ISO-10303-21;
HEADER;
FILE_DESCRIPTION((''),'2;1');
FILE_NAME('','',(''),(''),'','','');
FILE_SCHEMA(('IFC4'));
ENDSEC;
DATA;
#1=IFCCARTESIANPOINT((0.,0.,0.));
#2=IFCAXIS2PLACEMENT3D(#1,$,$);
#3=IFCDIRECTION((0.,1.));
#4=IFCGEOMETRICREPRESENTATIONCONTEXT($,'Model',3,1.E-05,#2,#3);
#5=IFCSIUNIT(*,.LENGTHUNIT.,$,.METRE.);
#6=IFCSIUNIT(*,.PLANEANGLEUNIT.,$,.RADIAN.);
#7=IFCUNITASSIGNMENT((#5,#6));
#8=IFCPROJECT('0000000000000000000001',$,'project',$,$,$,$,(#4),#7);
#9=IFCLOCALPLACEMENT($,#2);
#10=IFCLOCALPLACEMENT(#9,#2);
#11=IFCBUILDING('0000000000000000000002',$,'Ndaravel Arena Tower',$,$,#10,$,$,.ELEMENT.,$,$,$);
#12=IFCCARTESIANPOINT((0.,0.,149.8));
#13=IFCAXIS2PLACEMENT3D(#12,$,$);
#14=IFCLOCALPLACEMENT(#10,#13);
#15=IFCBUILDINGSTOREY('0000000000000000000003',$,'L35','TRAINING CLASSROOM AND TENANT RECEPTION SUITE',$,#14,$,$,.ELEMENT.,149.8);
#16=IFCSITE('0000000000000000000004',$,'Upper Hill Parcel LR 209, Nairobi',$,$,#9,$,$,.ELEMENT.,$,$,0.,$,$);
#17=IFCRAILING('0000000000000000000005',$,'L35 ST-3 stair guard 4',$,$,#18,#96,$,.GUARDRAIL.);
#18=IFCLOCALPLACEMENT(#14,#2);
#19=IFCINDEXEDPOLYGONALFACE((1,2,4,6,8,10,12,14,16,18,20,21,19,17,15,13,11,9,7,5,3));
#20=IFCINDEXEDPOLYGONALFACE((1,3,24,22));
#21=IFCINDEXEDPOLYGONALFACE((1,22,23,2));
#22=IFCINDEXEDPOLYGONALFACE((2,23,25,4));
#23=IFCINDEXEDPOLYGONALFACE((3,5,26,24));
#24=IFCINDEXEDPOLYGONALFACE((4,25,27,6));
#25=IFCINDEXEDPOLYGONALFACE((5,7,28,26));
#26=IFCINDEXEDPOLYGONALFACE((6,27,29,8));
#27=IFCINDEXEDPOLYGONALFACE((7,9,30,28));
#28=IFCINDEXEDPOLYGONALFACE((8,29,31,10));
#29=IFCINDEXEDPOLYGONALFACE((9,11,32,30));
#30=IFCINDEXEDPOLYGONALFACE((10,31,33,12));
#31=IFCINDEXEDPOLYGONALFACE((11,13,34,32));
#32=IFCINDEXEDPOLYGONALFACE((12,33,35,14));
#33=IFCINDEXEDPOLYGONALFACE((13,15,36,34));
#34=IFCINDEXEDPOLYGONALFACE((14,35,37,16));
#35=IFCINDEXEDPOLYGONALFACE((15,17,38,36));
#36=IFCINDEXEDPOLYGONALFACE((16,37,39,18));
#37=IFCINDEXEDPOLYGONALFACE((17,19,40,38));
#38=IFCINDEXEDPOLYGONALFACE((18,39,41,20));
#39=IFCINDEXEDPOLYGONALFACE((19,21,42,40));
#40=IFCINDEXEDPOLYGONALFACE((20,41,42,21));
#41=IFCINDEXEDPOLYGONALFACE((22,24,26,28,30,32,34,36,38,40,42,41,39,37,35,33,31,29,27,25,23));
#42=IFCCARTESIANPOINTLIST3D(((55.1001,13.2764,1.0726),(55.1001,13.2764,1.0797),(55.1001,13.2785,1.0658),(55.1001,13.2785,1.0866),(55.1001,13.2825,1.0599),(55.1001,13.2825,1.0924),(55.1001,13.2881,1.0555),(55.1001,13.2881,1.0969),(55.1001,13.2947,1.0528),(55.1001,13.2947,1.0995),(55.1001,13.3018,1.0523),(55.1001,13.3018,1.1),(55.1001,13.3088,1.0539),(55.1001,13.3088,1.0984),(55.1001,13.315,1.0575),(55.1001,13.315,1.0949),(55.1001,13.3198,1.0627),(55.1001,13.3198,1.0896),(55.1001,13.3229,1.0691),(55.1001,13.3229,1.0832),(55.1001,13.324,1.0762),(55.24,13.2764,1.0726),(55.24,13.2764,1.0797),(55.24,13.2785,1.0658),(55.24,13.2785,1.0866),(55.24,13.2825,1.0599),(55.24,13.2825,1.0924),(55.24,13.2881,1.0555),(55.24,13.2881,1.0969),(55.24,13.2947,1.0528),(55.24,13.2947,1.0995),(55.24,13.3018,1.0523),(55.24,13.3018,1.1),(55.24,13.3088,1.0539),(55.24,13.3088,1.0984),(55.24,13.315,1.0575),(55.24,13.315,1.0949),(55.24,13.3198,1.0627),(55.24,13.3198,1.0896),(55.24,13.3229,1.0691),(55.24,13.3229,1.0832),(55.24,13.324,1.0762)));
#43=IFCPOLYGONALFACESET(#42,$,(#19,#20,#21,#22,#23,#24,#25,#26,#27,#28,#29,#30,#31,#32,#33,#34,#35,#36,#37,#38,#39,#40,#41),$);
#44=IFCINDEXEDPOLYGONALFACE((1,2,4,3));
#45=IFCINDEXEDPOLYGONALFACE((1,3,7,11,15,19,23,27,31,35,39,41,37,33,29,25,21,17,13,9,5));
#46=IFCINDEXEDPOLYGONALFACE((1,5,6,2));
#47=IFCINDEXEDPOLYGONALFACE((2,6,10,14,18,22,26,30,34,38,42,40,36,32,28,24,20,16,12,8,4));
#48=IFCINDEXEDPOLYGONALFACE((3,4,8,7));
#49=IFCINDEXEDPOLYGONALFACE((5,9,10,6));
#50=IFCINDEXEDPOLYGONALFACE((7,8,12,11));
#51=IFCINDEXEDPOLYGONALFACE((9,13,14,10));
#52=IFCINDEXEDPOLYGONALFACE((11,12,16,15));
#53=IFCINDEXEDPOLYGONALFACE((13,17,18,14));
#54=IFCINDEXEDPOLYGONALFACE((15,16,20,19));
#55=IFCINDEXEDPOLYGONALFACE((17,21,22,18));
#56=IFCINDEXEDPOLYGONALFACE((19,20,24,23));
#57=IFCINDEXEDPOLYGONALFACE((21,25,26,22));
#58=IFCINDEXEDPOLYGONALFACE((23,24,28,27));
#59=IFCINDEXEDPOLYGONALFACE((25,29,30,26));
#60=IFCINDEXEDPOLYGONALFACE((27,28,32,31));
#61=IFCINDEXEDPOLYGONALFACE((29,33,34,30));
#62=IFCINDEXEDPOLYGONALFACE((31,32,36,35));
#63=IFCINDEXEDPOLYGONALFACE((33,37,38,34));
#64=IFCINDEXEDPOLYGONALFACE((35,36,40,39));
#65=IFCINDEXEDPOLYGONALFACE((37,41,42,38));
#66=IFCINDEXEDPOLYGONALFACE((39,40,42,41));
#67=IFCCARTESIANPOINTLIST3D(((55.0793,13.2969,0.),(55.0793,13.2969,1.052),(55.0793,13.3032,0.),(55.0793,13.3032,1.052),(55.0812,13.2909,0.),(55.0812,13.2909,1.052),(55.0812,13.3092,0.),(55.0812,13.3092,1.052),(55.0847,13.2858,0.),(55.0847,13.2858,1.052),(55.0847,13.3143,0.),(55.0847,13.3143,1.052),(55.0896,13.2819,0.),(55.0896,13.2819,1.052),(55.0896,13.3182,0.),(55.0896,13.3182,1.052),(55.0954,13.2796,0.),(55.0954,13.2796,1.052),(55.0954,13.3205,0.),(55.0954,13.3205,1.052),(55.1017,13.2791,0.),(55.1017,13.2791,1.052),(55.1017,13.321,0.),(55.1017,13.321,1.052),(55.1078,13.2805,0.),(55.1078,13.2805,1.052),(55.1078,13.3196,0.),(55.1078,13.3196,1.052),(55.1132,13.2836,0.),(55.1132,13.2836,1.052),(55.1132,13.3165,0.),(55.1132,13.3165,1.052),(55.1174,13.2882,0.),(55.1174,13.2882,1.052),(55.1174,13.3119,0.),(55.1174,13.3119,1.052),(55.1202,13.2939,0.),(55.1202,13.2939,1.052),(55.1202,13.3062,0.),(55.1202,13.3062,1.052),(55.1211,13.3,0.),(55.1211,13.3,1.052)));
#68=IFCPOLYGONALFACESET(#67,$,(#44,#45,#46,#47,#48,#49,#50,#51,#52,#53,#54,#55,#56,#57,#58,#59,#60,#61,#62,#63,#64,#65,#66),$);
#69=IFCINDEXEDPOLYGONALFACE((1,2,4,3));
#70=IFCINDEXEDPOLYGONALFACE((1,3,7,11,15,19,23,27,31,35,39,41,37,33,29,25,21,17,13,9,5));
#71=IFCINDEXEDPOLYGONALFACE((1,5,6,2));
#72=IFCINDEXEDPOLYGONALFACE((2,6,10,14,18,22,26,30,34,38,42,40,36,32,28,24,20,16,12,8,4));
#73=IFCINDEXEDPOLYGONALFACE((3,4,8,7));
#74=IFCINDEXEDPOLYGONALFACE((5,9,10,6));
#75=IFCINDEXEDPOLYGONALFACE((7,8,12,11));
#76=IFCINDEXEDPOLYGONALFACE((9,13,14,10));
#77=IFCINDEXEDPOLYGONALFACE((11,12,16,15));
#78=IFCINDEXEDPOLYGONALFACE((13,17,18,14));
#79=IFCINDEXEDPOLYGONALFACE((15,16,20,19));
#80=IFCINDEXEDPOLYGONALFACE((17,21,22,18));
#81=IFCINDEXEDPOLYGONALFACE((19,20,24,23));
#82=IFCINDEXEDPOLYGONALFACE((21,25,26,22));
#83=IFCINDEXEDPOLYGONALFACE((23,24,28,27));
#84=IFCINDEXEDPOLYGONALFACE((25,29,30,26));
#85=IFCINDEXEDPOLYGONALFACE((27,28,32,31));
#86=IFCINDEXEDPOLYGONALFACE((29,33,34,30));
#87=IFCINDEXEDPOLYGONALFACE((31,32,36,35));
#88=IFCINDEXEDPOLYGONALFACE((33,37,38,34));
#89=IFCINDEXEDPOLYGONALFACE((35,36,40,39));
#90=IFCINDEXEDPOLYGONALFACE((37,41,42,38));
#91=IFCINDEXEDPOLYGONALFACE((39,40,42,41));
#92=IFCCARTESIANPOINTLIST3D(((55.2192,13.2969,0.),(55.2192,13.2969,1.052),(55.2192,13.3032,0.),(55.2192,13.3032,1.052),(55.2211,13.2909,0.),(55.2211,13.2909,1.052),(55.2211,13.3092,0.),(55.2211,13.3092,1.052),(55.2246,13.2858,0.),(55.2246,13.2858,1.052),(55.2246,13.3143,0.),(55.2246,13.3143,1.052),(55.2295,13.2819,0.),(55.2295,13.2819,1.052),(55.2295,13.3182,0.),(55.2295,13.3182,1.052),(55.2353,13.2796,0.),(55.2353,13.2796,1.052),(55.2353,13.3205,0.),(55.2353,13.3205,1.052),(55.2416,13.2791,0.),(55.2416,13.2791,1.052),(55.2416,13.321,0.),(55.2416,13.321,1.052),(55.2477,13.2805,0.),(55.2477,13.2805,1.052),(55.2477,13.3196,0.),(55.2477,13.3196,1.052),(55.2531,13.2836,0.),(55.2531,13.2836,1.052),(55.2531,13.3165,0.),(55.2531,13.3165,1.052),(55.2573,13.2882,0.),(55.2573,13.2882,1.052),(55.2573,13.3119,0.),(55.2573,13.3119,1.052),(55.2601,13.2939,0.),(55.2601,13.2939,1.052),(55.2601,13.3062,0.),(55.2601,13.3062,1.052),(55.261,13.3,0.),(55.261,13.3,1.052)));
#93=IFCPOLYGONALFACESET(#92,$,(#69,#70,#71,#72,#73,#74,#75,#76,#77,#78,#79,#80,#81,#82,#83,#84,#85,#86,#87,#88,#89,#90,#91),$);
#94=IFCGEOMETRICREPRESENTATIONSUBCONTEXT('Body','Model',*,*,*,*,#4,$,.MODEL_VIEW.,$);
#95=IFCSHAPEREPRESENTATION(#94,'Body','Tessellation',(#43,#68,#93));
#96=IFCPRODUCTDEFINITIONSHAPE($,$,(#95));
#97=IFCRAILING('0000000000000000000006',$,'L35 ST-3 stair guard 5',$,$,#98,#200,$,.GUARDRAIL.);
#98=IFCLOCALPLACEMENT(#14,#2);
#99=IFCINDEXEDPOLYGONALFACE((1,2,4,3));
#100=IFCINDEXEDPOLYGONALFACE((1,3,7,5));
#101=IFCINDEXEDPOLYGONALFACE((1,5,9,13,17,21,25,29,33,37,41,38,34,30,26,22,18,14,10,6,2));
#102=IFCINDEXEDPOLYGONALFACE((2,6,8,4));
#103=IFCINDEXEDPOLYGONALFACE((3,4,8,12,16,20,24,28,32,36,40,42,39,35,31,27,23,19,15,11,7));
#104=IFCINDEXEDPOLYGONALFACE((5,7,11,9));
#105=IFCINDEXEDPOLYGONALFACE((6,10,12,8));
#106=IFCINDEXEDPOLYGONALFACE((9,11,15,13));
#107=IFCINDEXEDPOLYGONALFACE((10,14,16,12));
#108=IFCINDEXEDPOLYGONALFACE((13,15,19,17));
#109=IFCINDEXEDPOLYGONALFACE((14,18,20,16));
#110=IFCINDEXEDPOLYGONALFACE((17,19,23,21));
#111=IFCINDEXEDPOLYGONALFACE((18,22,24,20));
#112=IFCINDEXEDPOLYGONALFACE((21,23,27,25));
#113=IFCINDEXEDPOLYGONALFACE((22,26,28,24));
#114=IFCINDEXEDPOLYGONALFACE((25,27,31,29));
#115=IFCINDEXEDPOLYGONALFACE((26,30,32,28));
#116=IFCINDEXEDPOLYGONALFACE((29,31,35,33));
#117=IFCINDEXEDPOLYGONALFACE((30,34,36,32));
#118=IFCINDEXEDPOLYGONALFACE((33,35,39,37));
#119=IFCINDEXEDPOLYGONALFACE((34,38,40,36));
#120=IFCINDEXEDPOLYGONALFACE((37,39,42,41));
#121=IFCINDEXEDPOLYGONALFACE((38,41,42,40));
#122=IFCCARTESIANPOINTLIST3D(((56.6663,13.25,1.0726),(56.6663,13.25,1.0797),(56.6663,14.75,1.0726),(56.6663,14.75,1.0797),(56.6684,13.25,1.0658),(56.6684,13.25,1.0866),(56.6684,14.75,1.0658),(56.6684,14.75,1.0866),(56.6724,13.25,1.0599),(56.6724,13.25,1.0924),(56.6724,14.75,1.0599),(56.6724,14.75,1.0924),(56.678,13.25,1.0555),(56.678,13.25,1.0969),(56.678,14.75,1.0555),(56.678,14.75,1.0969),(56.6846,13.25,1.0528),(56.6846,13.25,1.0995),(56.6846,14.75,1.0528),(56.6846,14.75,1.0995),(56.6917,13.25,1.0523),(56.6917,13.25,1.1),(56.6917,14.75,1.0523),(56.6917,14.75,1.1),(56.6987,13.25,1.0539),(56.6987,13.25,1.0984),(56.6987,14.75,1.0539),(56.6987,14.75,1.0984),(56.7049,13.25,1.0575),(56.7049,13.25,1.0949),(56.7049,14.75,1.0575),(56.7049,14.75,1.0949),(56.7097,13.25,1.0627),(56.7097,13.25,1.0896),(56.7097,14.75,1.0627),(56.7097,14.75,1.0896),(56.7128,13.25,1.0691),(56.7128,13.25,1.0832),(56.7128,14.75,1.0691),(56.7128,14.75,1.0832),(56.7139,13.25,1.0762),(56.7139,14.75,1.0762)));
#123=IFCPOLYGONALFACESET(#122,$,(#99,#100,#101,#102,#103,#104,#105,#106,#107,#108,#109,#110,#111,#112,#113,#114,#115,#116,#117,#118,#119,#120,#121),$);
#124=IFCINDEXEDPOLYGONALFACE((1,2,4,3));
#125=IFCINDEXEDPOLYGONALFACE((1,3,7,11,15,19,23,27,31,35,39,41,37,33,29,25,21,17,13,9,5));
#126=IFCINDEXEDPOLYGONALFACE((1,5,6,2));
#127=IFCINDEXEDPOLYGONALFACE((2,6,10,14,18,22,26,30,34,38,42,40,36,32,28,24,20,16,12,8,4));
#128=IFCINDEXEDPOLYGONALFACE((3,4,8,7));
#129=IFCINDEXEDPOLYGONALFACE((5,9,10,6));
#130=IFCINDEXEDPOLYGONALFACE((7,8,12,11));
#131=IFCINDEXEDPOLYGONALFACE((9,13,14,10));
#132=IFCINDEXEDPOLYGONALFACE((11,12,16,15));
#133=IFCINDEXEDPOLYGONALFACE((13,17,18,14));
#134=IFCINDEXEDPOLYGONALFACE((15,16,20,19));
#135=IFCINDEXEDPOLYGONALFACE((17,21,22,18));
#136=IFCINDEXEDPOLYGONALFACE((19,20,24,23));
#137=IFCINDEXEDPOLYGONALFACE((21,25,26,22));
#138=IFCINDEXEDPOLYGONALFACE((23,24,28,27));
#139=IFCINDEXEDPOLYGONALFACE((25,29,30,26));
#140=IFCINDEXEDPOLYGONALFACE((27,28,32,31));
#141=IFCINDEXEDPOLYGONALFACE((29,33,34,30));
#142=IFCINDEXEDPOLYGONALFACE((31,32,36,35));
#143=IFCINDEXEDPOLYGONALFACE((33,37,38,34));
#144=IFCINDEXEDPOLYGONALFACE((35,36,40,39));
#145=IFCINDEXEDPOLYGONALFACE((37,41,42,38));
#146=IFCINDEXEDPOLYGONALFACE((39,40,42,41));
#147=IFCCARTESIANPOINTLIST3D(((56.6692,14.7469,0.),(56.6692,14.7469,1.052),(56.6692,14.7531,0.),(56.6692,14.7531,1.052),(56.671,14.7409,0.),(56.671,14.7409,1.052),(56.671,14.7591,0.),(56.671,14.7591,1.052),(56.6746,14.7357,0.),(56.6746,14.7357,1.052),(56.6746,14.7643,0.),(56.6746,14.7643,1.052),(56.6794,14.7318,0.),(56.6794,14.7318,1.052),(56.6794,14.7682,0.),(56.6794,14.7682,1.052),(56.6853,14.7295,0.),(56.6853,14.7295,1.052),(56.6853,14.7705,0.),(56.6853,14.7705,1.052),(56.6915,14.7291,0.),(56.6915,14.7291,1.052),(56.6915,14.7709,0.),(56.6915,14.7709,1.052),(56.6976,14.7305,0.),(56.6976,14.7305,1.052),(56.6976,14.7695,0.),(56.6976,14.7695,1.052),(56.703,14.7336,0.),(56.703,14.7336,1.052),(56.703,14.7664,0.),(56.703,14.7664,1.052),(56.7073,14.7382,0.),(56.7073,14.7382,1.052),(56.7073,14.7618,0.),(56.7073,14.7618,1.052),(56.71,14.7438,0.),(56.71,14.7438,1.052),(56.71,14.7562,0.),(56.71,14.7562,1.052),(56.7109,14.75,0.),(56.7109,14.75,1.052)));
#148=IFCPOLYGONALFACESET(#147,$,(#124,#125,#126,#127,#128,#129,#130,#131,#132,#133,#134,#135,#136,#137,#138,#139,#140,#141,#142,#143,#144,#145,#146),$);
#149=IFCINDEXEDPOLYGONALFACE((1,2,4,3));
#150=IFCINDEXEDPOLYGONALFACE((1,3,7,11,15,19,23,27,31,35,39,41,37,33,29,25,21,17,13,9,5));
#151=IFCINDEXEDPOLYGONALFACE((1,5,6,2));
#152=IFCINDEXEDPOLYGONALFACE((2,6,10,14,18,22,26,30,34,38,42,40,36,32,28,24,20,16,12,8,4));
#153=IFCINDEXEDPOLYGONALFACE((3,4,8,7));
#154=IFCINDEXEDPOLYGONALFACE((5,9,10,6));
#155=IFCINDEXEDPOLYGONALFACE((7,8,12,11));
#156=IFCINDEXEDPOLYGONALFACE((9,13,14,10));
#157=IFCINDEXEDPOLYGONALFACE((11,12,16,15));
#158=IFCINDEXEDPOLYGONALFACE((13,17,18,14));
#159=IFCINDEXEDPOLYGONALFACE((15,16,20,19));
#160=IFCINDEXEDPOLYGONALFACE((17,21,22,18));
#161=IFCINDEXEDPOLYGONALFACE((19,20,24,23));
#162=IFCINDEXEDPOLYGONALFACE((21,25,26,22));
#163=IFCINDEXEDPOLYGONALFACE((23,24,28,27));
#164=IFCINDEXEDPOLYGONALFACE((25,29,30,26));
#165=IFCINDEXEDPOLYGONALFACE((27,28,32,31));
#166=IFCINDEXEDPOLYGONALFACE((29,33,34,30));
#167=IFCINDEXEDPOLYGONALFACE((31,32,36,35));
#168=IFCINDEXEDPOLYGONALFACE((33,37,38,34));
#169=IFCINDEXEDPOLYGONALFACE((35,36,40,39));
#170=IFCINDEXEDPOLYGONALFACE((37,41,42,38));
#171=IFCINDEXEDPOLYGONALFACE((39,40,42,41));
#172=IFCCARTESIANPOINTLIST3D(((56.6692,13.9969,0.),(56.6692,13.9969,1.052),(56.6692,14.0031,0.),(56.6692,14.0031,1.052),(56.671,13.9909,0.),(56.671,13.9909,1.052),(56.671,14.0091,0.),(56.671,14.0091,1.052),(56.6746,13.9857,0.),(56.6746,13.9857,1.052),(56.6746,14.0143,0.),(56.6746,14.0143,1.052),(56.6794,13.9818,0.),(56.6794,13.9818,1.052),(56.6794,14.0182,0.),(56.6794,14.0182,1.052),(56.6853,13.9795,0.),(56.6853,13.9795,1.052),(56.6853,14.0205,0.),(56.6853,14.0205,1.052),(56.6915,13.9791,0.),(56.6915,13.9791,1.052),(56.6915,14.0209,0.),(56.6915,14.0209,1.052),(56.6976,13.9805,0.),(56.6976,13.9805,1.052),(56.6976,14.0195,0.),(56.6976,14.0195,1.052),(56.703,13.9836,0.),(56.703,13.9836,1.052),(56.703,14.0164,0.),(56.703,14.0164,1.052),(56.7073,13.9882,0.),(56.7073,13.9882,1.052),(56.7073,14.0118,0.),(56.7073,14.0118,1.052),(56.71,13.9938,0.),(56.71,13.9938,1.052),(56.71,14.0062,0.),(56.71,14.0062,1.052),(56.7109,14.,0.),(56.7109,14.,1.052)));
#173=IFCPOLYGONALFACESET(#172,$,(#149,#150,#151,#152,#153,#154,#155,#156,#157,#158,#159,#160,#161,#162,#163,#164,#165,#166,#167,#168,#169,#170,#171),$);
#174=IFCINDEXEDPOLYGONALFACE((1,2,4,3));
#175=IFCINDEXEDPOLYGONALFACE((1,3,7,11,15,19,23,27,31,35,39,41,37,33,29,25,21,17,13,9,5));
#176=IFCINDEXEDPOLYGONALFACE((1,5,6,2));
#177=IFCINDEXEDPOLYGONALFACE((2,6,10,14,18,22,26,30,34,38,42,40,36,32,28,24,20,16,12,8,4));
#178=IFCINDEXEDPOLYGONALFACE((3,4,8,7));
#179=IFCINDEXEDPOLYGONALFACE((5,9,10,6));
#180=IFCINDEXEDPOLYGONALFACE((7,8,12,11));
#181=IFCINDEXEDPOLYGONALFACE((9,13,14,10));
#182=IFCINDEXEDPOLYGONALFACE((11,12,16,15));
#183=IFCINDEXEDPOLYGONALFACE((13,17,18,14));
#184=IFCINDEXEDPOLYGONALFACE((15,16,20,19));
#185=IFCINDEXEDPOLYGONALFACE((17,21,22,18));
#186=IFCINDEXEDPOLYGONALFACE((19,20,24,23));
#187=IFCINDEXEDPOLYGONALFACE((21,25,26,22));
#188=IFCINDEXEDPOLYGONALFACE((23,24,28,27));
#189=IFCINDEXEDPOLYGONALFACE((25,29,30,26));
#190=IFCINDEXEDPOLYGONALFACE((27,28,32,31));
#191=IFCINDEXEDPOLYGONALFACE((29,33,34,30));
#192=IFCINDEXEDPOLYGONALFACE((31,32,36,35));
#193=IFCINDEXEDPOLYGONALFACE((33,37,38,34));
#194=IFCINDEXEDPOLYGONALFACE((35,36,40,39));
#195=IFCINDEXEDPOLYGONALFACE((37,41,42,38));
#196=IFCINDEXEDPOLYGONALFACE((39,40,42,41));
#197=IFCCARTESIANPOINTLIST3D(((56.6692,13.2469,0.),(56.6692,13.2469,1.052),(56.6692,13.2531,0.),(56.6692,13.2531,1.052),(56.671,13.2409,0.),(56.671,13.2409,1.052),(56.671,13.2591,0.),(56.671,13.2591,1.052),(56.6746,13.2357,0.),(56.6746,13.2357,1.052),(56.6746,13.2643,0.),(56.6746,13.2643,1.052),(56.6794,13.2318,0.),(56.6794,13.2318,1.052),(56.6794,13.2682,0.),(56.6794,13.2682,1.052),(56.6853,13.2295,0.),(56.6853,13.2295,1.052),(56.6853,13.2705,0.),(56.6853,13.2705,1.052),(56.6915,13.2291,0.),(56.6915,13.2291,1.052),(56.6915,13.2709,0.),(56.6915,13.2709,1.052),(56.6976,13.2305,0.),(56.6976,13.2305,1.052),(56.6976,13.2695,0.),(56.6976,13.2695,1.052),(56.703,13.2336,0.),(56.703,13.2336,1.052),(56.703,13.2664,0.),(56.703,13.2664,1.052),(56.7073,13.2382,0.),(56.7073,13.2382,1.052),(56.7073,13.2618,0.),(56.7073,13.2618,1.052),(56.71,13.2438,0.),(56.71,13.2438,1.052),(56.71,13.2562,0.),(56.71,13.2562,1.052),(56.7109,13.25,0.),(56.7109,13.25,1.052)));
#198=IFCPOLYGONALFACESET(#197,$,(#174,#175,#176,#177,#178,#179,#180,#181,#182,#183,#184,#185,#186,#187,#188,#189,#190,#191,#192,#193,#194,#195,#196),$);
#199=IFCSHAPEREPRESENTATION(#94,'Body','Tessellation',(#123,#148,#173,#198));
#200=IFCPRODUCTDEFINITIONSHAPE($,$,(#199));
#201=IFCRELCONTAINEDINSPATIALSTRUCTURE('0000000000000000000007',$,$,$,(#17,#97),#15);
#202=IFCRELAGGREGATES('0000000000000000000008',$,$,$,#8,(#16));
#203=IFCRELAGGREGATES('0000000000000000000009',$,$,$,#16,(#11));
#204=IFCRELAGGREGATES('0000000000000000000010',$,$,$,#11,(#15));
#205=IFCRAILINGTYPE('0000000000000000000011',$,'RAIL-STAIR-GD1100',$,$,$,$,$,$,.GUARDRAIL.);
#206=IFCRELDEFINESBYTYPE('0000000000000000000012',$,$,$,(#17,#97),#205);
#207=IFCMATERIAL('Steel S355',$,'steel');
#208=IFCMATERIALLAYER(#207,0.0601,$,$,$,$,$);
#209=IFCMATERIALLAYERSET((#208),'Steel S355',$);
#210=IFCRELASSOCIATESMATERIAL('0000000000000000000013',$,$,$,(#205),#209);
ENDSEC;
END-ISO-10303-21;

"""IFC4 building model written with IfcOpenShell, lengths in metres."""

from ifc_helpers import new_model, si_unit, direction, frame, origin, origin_2d, place, context, subcontext, project, spatial, circle, extrude, material, layer, layer_set, type_object, element, save


model = new_model("IFC4")

# Units and contexts
model_context = context("Model", 3, precision=1e-05, world=origin(), true_north=direction((0.0, 1.0)))
body_context = subcontext(model_context, "Body", "Model", "MODEL_VIEW")
ifc_project = project(units=[si_unit("LENGTHUNIT", "METRE"), si_unit("PLANEANGLEUNIT", "RADIAN")], contexts=[model_context])

# Site, building, storey
site_placement = place(None, origin())
site = spatial("IfcSite", under=ifc_project, at=site_placement, Name="Upper Hill Parcel LR 209, Nairobi", CompositionType="ELEMENT", RefElevation=0.0)
building_placement = place(site_placement, origin())
building = spatial("IfcBuilding", under=site, at=building_placement, Name="Ndaravel Arena Tower", CompositionType="ELEMENT")
storey_placement = place(building_placement, frame((0.0, 0.0, 149.8)))
storey = spatial("IfcBuildingStorey", under=building, at=storey_placement, Name="L35", Description="TRAINING CLASSROOM AND TENANT RECEPTION SUITE", CompositionType="ELEMENT", Elevation=149.8)

# Railings
ifc_material_1 = material(Name="Steel S355", Category="steel")
ifc_layer_1 = layer(ifc_material_1, 0.0601)
ifc_layer_set_1 = layer_set([ifc_layer_1], Name="Steel S355")
railing_type = type_object("IfcRailingType", Name="RAIL-STAIR-GD1100", PredefinedType="GUARDRAIL", material=ifc_layer_set_1)
railing_1_placement = place(storey_placement, frame((55.1001, 13.3, 0.0)))
element("IfcRailing", 1, at=railing_1_placement, inside=storey, type_object=railing_type, Name="L35 ST-3 stair guard 4", PredefinedType="GUARDRAIL", context=body_context, shape_type="SweptSolid", body=[
    extrude(circle(Radius=0.0239, at=origin_2d()), frame((0.0, 0.0, 1.0762), z_axis=(1.0, 0.0, 0.0), x_axis=(0.0, 1.0, 0.0)), (0.0, 0.0, 1.0), 0.1399),
    extrude(circle(Radius=0.021, at=origin_2d()), origin(), (0.0, 0.0, 1.0), 1.052),
    extrude(circle(Radius=0.021, at=origin_2d()), frame((0.1399, 0.0, 0.0)), (0.0, 0.0, 1.0), 1.052),
])
railing_2_placement = place(storey_placement, frame((56.6899, 14.75, 0.0)))
element("IfcRailing", 2, at=railing_2_placement, inside=storey, type_object=railing_type, Name="L35 ST-3 stair guard 5", PredefinedType="GUARDRAIL", context=body_context, shape_type="SweptSolid", body=[
    extrude(circle(Radius=0.0239, at=origin_2d()), frame((0.0, 0.0, 1.0762), z_axis=(0.0, -1.0, 0.0), x_axis=(1.0, 0.0, 0.0)), (0.0, 0.0, 1.0), 1.5),
    extrude(circle(Radius=0.021, at=origin_2d()), origin(), (0.0, 0.0, 1.0), 1.052),
    extrude(circle(Radius=0.021, at=origin_2d()), frame((0.0, -0.75, 0.0)), (0.0, 0.0, 1.0), 1.052),
    extrude(circle(Radius=0.021, at=origin_2d()), frame((0.0, -1.5, 0.0)), (0.0, 0.0, 1.0), 1.052),
])

save(model, "model.ifc")
